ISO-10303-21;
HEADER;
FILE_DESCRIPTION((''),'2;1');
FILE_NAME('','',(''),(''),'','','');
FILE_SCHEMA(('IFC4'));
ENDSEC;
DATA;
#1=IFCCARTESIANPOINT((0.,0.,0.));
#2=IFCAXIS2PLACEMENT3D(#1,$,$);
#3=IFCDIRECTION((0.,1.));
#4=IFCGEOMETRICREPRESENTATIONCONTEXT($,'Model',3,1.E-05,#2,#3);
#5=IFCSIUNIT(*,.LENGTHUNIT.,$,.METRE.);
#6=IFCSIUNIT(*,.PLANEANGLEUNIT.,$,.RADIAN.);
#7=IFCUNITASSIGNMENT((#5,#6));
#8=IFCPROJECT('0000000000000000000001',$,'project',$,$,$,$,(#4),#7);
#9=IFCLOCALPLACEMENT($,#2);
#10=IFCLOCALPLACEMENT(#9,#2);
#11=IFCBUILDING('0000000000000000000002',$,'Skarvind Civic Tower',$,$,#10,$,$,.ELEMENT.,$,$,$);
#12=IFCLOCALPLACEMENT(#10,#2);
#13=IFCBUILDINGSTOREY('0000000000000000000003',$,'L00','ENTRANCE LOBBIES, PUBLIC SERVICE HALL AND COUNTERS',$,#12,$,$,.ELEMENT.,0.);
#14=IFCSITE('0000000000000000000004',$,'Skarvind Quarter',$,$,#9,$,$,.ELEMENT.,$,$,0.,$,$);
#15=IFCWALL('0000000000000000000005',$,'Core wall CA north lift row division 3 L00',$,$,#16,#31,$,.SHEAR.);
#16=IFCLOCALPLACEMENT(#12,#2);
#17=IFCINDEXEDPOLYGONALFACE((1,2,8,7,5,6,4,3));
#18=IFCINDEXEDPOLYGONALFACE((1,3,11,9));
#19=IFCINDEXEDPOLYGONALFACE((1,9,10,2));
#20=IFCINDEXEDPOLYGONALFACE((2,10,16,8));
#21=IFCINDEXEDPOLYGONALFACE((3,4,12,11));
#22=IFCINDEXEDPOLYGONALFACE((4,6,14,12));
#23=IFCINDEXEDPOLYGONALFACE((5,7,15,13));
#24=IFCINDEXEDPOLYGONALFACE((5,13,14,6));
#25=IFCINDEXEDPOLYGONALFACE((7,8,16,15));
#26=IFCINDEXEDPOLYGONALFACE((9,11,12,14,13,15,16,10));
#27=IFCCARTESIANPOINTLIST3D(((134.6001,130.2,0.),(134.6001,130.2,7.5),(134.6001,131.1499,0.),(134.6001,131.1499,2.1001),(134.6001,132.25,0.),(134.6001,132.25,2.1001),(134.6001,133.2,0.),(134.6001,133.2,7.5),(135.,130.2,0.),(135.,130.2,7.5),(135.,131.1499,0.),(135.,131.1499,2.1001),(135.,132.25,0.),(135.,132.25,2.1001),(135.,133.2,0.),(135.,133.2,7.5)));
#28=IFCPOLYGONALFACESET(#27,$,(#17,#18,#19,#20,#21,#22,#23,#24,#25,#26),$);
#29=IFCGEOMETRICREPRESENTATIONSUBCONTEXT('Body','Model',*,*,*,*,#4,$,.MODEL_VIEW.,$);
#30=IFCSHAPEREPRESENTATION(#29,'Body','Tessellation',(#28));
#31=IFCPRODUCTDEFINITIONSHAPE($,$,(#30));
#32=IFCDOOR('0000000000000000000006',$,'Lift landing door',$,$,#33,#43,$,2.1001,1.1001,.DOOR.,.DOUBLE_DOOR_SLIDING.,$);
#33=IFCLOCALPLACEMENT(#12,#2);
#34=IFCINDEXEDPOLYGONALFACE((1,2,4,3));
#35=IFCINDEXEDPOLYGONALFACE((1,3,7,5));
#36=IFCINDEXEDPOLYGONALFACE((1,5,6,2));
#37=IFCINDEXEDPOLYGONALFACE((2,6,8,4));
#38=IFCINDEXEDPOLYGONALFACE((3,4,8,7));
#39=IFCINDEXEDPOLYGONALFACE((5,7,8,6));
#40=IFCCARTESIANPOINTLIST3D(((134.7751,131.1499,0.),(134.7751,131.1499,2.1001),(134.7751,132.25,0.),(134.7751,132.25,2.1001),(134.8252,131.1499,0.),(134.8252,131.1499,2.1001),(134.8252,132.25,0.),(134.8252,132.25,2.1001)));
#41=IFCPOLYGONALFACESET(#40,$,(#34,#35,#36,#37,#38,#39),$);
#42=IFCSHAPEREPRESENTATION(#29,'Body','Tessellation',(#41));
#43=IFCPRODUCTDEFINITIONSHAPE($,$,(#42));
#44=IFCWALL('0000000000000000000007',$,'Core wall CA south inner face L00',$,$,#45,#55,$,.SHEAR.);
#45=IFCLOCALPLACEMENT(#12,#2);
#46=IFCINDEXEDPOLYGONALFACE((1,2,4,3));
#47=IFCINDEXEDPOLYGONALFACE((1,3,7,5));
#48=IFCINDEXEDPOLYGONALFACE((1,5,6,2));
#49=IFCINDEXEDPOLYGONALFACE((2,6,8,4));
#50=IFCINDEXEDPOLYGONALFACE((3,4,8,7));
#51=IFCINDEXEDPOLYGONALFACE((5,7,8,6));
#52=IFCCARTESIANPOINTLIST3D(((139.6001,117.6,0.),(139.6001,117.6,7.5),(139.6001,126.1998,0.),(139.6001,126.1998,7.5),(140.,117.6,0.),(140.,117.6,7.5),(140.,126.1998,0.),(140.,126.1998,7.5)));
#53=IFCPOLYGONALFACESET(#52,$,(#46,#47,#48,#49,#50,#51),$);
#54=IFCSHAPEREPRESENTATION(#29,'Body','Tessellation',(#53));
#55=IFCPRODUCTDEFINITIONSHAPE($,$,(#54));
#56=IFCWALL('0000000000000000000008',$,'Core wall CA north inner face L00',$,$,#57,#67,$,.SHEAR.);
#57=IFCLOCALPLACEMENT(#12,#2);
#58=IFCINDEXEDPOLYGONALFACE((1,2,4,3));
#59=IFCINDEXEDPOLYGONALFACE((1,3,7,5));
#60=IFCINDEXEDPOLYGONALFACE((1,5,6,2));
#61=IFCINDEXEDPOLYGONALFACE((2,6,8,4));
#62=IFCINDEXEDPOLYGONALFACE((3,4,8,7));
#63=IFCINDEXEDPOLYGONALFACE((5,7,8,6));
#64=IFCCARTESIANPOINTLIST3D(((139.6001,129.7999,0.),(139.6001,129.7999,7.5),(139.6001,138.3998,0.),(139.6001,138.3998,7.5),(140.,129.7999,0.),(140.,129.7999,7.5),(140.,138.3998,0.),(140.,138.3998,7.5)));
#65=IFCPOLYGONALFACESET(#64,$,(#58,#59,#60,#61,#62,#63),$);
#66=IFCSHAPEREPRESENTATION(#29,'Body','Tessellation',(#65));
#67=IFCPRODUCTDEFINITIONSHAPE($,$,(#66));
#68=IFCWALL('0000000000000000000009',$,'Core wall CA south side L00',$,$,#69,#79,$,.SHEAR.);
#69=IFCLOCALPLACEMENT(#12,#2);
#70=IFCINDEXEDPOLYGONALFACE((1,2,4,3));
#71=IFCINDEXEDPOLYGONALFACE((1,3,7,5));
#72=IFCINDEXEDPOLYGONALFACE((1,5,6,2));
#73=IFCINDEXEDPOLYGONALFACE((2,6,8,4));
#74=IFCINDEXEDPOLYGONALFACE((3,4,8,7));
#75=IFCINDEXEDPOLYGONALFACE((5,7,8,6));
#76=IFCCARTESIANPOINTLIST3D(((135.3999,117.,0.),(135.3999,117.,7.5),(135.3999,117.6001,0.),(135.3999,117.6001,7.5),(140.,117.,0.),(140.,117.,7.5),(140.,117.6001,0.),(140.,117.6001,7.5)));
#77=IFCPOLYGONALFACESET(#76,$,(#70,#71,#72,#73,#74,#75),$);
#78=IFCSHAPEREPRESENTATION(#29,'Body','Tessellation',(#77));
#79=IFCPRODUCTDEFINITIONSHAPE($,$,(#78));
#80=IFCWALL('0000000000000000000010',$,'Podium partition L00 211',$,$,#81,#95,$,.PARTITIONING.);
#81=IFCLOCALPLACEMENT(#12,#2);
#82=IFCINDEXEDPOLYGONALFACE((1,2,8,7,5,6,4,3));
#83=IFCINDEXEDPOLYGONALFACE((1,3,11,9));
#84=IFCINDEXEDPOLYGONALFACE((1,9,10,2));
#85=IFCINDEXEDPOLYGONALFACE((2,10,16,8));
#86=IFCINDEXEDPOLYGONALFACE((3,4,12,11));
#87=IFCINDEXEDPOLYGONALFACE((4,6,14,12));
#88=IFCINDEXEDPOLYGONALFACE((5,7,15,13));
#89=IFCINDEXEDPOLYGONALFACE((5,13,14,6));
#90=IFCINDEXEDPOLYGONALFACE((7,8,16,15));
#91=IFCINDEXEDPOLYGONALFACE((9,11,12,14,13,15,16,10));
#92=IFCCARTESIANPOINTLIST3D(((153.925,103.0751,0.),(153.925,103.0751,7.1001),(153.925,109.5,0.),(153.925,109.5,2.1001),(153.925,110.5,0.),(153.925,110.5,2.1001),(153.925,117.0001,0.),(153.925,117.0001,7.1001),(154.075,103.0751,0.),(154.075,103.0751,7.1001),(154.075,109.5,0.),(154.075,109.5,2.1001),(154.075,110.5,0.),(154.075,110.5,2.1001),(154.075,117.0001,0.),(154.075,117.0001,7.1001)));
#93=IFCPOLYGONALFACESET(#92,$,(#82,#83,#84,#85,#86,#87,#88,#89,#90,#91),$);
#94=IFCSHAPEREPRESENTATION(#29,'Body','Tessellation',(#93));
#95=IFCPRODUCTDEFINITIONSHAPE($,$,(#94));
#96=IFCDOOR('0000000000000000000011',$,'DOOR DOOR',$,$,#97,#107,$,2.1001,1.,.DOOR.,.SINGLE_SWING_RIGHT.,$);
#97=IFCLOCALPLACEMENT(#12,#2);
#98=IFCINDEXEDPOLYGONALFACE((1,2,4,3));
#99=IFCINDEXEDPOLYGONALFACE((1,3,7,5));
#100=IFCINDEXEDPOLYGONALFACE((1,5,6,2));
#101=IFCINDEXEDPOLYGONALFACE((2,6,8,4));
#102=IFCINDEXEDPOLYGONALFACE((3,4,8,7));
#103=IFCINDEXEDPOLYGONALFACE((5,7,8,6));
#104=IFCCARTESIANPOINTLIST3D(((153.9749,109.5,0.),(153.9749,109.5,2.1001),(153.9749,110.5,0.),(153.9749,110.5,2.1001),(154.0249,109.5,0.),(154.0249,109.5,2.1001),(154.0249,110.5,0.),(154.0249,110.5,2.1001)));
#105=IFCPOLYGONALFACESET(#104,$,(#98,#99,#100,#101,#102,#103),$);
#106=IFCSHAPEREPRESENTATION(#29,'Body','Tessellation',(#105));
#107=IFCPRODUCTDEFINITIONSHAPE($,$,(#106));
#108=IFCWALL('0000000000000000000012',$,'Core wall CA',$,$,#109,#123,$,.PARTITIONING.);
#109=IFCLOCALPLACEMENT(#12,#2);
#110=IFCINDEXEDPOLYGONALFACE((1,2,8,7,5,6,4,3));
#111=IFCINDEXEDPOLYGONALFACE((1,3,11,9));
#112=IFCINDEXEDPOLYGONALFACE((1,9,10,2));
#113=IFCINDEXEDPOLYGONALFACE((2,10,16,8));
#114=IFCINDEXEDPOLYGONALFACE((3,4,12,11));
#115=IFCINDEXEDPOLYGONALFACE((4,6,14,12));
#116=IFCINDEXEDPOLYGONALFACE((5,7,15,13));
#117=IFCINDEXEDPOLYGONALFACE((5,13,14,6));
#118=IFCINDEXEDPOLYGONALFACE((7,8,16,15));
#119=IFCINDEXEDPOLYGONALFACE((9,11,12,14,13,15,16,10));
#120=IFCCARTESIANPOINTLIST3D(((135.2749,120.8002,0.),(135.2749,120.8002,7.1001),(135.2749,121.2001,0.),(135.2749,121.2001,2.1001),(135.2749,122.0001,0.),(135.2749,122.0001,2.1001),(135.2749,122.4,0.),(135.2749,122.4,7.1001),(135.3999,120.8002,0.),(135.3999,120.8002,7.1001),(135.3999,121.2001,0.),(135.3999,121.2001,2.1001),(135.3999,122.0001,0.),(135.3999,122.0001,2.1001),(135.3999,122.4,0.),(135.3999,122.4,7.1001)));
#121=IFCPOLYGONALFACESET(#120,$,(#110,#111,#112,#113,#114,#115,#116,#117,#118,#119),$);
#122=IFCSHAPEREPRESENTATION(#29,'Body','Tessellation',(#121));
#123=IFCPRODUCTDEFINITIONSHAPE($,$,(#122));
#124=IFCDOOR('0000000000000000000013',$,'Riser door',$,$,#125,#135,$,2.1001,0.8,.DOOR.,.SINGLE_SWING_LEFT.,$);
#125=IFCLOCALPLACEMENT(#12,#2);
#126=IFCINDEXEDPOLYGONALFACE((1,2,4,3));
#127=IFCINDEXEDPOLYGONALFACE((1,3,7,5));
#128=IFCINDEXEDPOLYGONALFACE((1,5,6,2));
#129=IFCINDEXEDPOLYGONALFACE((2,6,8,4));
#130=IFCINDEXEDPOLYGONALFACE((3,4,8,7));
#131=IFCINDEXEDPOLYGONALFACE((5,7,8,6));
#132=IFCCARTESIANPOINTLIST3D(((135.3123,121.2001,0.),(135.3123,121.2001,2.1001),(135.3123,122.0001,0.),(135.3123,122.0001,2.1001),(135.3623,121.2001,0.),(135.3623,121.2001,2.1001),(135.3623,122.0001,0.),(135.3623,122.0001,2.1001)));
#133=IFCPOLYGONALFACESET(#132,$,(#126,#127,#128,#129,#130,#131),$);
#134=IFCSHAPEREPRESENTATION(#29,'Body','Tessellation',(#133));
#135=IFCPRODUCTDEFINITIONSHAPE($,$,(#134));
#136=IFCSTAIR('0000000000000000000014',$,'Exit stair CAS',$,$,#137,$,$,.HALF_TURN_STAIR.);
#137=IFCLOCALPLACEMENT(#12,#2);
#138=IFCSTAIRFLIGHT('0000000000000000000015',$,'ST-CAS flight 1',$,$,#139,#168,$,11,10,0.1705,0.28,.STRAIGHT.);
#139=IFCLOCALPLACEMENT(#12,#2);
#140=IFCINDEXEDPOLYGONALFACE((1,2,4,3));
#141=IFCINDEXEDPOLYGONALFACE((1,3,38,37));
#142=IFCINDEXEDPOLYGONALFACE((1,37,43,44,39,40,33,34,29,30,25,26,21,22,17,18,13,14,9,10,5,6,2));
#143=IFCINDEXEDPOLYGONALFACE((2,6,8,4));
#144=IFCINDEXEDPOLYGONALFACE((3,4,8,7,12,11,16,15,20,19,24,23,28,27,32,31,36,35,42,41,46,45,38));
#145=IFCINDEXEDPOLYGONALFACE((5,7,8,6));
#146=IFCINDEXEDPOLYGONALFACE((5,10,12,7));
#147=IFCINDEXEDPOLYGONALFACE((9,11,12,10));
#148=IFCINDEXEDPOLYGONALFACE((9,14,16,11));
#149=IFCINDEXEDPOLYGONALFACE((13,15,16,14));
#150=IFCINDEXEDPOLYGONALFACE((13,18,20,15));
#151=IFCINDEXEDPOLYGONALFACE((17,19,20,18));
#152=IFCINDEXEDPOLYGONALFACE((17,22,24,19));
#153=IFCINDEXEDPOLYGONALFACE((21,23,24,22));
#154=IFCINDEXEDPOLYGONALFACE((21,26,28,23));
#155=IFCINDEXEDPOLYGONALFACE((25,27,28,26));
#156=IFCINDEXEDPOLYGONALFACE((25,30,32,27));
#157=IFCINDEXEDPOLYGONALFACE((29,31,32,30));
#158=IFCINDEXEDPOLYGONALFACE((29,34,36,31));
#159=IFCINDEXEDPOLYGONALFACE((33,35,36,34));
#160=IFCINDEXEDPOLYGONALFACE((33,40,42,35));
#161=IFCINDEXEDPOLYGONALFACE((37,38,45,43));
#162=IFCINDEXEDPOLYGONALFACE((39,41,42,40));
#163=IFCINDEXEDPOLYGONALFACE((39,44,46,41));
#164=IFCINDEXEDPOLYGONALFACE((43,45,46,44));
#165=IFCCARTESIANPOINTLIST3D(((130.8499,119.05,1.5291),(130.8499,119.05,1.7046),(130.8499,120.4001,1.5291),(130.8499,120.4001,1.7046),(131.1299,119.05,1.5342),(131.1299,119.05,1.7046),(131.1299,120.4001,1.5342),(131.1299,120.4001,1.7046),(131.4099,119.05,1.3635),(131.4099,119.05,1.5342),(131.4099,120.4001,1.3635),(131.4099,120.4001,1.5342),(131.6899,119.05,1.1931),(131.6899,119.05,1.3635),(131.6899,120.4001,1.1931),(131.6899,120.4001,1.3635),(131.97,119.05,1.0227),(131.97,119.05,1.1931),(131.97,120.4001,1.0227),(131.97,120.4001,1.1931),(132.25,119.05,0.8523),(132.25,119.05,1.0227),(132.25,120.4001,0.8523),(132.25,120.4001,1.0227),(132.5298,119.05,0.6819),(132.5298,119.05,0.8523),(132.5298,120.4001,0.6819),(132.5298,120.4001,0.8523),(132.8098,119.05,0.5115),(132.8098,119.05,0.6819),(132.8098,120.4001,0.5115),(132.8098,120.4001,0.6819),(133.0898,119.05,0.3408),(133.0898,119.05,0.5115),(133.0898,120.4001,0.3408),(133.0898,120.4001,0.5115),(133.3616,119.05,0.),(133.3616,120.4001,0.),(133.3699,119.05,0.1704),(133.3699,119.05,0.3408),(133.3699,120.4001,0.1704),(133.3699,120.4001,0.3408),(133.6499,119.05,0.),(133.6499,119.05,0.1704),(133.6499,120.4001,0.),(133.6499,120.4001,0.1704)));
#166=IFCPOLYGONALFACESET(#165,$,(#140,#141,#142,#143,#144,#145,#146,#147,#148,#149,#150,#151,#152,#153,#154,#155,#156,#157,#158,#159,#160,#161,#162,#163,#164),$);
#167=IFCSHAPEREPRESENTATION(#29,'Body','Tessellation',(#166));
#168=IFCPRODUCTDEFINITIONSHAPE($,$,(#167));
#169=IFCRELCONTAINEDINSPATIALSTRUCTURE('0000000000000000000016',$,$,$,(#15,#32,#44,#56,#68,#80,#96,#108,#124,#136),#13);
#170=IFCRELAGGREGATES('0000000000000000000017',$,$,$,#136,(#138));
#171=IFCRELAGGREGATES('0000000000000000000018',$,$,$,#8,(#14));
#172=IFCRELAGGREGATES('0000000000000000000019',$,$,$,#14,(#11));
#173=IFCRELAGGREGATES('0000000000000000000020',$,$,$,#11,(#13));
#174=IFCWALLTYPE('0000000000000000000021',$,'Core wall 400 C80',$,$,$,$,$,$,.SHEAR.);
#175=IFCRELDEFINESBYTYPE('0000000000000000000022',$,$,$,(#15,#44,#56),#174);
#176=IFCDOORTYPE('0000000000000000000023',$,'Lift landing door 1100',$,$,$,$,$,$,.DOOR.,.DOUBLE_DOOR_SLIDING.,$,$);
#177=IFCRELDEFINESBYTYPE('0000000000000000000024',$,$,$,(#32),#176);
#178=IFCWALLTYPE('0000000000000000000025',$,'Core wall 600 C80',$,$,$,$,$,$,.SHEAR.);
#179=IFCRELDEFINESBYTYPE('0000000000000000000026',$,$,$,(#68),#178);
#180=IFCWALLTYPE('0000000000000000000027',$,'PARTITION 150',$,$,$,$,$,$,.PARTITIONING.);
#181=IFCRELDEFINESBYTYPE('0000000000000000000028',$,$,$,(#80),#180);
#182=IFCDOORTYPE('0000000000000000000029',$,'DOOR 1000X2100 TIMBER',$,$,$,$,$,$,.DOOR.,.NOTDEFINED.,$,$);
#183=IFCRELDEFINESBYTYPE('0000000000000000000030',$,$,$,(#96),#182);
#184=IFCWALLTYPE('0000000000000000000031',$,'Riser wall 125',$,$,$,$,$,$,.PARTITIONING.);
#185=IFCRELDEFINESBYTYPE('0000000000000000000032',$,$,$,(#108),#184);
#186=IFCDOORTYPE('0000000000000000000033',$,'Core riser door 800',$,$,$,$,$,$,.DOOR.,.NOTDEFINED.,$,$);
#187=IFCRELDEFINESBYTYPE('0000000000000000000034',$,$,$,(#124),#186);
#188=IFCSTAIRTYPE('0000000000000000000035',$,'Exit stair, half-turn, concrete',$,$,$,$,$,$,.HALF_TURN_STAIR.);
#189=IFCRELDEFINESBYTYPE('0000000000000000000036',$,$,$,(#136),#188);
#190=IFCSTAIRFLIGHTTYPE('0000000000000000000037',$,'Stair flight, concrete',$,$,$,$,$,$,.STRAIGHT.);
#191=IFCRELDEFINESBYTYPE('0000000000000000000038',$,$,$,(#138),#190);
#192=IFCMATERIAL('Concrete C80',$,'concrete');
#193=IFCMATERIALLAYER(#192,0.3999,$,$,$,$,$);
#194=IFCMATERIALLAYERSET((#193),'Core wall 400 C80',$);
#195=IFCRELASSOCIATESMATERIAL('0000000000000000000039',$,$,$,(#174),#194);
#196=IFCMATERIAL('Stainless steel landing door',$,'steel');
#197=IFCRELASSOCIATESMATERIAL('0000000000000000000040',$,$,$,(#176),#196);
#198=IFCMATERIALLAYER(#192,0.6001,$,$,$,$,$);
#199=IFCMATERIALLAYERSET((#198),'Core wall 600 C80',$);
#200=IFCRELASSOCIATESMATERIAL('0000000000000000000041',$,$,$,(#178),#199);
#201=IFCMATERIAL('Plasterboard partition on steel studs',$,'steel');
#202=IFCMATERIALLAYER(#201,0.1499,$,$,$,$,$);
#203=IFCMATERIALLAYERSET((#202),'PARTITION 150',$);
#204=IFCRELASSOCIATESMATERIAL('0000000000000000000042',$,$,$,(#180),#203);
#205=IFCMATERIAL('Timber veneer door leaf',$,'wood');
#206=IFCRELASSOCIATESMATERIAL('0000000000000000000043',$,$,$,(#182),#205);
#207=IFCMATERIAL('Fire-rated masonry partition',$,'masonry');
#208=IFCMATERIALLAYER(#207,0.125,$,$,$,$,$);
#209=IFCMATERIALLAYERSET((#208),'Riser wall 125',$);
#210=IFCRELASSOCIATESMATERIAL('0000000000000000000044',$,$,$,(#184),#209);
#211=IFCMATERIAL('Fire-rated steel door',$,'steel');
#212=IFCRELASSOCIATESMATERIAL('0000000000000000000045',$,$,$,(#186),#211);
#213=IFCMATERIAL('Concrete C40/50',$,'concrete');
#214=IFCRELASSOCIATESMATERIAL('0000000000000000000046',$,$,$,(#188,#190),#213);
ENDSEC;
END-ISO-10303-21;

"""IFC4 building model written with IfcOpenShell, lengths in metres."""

from ifc_helpers import new_model, si_unit, direction, frame, frame_2d, origin, place, context, subcontext, project, spatial, polyline, rectangle, outline, extrude, material, layer, layer_set, type_object, element, fill, aggregate, save


model = new_model("IFC4")

# Units and contexts
model_context = context("Model", 3, precision=1e-05, world=origin(), true_north=direction((0.0, 1.0)))
body_context = subcontext(model_context, "Body", "Model", "MODEL_VIEW")
ifc_project = project(units=[si_unit("LENGTHUNIT", "METRE"), si_unit("PLANEANGLEUNIT", "RADIAN")], contexts=[model_context])

# Site, building, storey
site_placement = place(None, origin())
site = spatial("IfcSite", under=ifc_project, at=site_placement, Name="Skarvind Quarter", CompositionType="ELEMENT", RefElevation=0.0)
building_placement = place(site_placement, origin())
building = spatial("IfcBuilding", under=site, at=building_placement, Name="Skarvind Civic Tower", CompositionType="ELEMENT")
storey_placement = place(building_placement, origin())
storey = spatial("IfcBuildingStorey", under=building, at=storey_placement, Name="L00", Description="ENTRANCE LOBBIES, PUBLIC SERVICE HALL AND COUNTERS", CompositionType="ELEMENT", Elevation=0.0)

# Shared definitions
ifc_material_1 = material(Name="Fire-rated masonry partition", Category="masonry")
ifc_material_2 = material(Name="Fire-rated steel door", Category="steel")
ifc_material_3 = material(Name="Concrete C80", Category="concrete")
ifc_layer_1 = layer(ifc_material_3, 0.3999)
ifc_layer_set_1 = layer_set([ifc_layer_1], Name="Core wall 400 C80")
wall_type_1 = type_object("IfcWallType", Name="Core wall 400 C80", PredefinedType="SHEAR", material=ifc_layer_set_1)

# Wall, opening, door
wall_1_placement = place(storey_placement, frame((134.8, 130.2, 0.0), z_axis=(0.0, 0.0, 1.0), x_axis=(0.0, 1.0, 0.0)))
wall_1 = element("IfcWall", 1, at=wall_1_placement, inside=storey, type_object=wall_type_1, Name="Core wall CA north lift row division 3 L00", PredefinedType="SHEAR", context=body_context, shape_type="SweptSolid", body=[
    extrude(rectangle(XDim=3.0, YDim=0.3999, at=frame_2d((1.5, 0.0))), origin(), (0.0, 0.0, 1.0), 7.5),
])
opening_1_placement = place(wall_1_placement, frame((0.95, 0.0, 0.0)))
opening_1 = element("IfcOpeningElement", 2, at=opening_1_placement, cuts=wall_1, PredefinedType="OPENING", context=body_context, shape_type="SweptSolid", body=[
    extrude(rectangle(XDim=1.1001, YDim=2.1001, at=frame_2d((0.55, 1.05))), frame((0.0, 0.21, 0.0), z_axis=(0.0, -1.0, 0.0), x_axis=(1.0, 0.0, 0.0)), (0.0, 0.0, 1.0), 0.4199),
])
ifc_material_4 = material(Name="Stainless steel landing door", Category="steel")
door_type_1 = type_object("IfcDoorType", Name="Lift landing door 1100", OperationType="DOUBLE_DOOR_SLIDING", PredefinedType="DOOR", material=ifc_material_4)
door_1_placement = place(opening_1_placement, origin())
door_1 = element("IfcDoor", 3, at=door_1_placement, inside=storey, type_object=door_type_1, Name="Lift landing door", OperationType="DOUBLE_DOOR_SLIDING", OverallHeight=2.1001, OverallWidth=1.1001, PredefinedType="DOOR", context=body_context, shape_type="SweptSolid", body=[
    extrude(rectangle(XDim=1.1001, YDim=2.1001, at=frame_2d((0.55, 1.05))), frame((0.0, 0.0249, 0.0), z_axis=(0.0, -1.0, 0.0), x_axis=(1.0, 0.0, 0.0)), (0.0, 0.0, 1.0), 0.05),
])
fill(opening_1, door_1)

# Walls
for number, where, z_axis, x_axis, name in (
    (4, (139.8, 117.6001, 0.0), (0.0, 0.0, 1.0), (0.0, 1.0, 0.0), "Core wall CA south inner face L00"),
    (5, (139.8, 129.8, 0.0), (0.0, 0.0, 1.0), (0.0, 1.0, 0.0), "Core wall CA north inner face L00"),
):
    element("IfcWall", number, at=place(storey_placement, frame(where, z_axis=z_axis, x_axis=x_axis)), inside=storey, type_object=wall_type_1, Name=name, PredefinedType="SHEAR", context=body_context, shape_type="SweptSolid", body=[
        extrude(rectangle(XDim=8.5999, YDim=0.3999, at=frame_2d((4.2998, 0.0))), origin(), (0.0, 0.0, 1.0), 7.5),
    ])
ifc_layer_2 = layer(ifc_material_3, 0.6001)
ifc_layer_set_2 = layer_set([ifc_layer_2], Name="Core wall 600 C80")
wall_type_2 = type_object("IfcWallType", Name="Core wall 600 C80", PredefinedType="SHEAR", material=ifc_layer_set_2)
wall_2_placement = place(storey_placement, frame((135.3999, 117.3, 0.0), z_axis=(0.0, 0.0, 1.0), x_axis=(1.0, 0.0, 0.0)))
element("IfcWall", 6, at=wall_2_placement, inside=storey, type_object=wall_type_2, Name="Core wall CA south side L00", PredefinedType="SHEAR", context=body_context, shape_type="SweptSolid", body=[
    extrude(rectangle(XDim=4.6001, YDim=0.6001, at=frame_2d((2.3, 0.0))), origin(), (0.0, 0.0, 1.0), 7.5),
])

# Walls, openings, doors
ifc_material_5 = material(Name="Plasterboard partition on steel studs", Category="steel")
ifc_layer_3 = layer(ifc_material_5, 0.1499)
ifc_layer_set_3 = layer_set([ifc_layer_3], Name="PARTITION 150")
wall_type_3 = type_object("IfcWallType", Name="PARTITION 150", PredefinedType="PARTITIONING", material=ifc_layer_set_3)
wall_3_placement = place(storey_placement, frame((154.0, 117.0, 0.0), z_axis=(0.0, 0.0, 1.0), x_axis=(0.0, -1.0, 0.0)))
wall_3 = element("IfcWall", 7, at=wall_3_placement, inside=storey, type_object=wall_type_3, Name="Podium partition L00 211", PredefinedType="PARTITIONING", context=body_context, shape_type="SweptSolid", body=[
    extrude(rectangle(XDim=13.925, YDim=0.1499, at=frame_2d((6.9624, 0.0))), origin(), (0.0, 0.0, 1.0), 7.1001),
])
opening_2_placement = place(wall_3_placement, frame((6.5, 0.0, 0.0)))
opening_2 = element("IfcOpeningElement", 8, at=opening_2_placement, cuts=wall_3, PredefinedType="OPENING", context=body_context, shape_type="SweptSolid", body=[
    extrude(rectangle(XDim=1.0, YDim=2.1001, at=frame_2d((0.5, 1.05))), frame((0.0, 0.085, 0.0), z_axis=(0.0, -1.0, 0.0), x_axis=(1.0, 0.0, 0.0)), (0.0, 0.0, 1.0), 0.1699),
])
ifc_material_6 = material(Name="Timber veneer door leaf", Category="wood")
door_type_2 = type_object("IfcDoorType", Name="DOOR 1000X2100 TIMBER", OperationType="NOTDEFINED", PredefinedType="DOOR", material=ifc_material_6)
door_2_placement = place(opening_2_placement, origin())
door_2 = element("IfcDoor", 9, at=door_2_placement, inside=storey, type_object=door_type_2, Name="DOOR DOOR", OperationType="SINGLE_SWING_RIGHT", OverallHeight=2.1001, OverallWidth=1.0, PredefinedType="DOOR", context=body_context, shape_type="SweptSolid", body=[
    extrude(rectangle(XDim=1.0, YDim=2.1001, at=frame_2d((0.5, 1.05))), frame((0.0, 0.0249, 0.0), z_axis=(0.0, -1.0, 0.0), x_axis=(1.0, 0.0, 0.0)), (0.0, 0.0, 1.0), 0.05),
])
fill(opening_2, door_2)
ifc_layer_4 = layer(ifc_material_1, 0.125)
ifc_layer_set_4 = layer_set([ifc_layer_4], Name="Riser wall 125")
wall_type_4 = type_object("IfcWallType", Name="Riser wall 125", PredefinedType="PARTITIONING", material=ifc_layer_set_4)
wall_4_placement = place(storey_placement, frame((135.3374, 122.3999, 0.0), z_axis=(0.0, 0.0, 1.0), x_axis=(0.0, -1.0, 0.0)))
wall_4 = element("IfcWall", 10, at=wall_4_placement, inside=storey, type_object=wall_type_4, Name="Core wall CA", PredefinedType="PARTITIONING", context=body_context, shape_type="SweptSolid", body=[
    extrude(rectangle(XDim=1.5999, YDim=0.125, at=frame_2d((0.7998, 0.0))), origin(), (0.0, 0.0, 1.0), 7.1001),
])
opening_3_placement = place(wall_4_placement, frame((0.3999, 0.0, 0.0)))
opening_3 = element("IfcOpeningElement", 11, at=opening_3_placement, cuts=wall_4, PredefinedType="OPENING", context=body_context, shape_type="SweptSolid", body=[
    extrude(rectangle(XDim=0.8, YDim=2.1001, at=frame_2d((0.3999, 1.05))), frame((0.0, 0.0725, 0.0), z_axis=(0.0, -1.0, 0.0), x_axis=(1.0, 0.0, 0.0)), (0.0, 0.0, 1.0), 0.145),
])
door_type_3 = type_object("IfcDoorType", Name="Core riser door 800", OperationType="NOTDEFINED", PredefinedType="DOOR", material=ifc_material_2)
door_3_placement = place(opening_3_placement, origin())
door_3 = element("IfcDoor", 12, at=door_3_placement, inside=storey, type_object=door_type_3, Name="Riser door", OperationType="SINGLE_SWING_LEFT", OverallHeight=2.1001, OverallWidth=0.8, PredefinedType="DOOR", context=body_context, shape_type="SweptSolid", body=[
    extrude(rectangle(XDim=0.8, YDim=2.1001, at=frame_2d((0.3999, 1.05))), frame((0.0, 0.0249, 0.0), z_axis=(0.0, -1.0, 0.0), x_axis=(1.0, 0.0, 0.0)), (0.0, 0.0, 1.0), 0.05),
])
fill(opening_3, door_3)

# Stair, stair flight
ifc_material_7 = material(Name="Concrete C40/50", Category="concrete")
stair_type = type_object("IfcStairType", Name="Exit stair, half-turn, concrete", PredefinedType="HALF_TURN_STAIR", material=ifc_material_7)
stair_placement = place(storey_placement, origin())
stair = element("IfcStair", 13, at=stair_placement, inside=storey, type_object=stair_type, Name="Exit stair CAS", PredefinedType="HALF_TURN_STAIR")
stair_flight_type = type_object("IfcStairFlightType", Name="Stair flight, concrete", PredefinedType="STRAIGHT", material=ifc_material_7)
stair_flight_1_placement = place(storey_placement, frame((133.6499, 119.7251, 0.0), z_axis=(0.0, 0.0, 1.0), x_axis=(-1.0, 0.0, 0.0)))
stair_flight_1 = element("IfcStairFlight", 14, at=stair_flight_1_placement, type_object=stair_flight_type, Name="ST-CAS flight 1", NumberOfRisers=11, NumberOfTreads=10, PredefinedType="STRAIGHT", RiserHeight=0.1705, TreadLength=0.28, context=body_context, shape_type="SweptSolid", body=[
    extrude(outline(polyline([(0.0, 0.0), (0.0, 0.1704), (0.28, 0.1704), (0.28, 0.3408), (0.5601, 0.3408), (0.5601, 0.5115), (0.8401, 0.5115), (0.8401, 0.6819), (1.1201, 0.6819), (1.1201, 0.8523), (1.3999, 0.8523), (1.3999, 1.0227), (1.6799, 1.0227), (1.6799, 1.1931), (1.96, 1.1931), (1.96, 1.3635), (2.24, 1.3635), (2.24, 1.5342), (2.52, 1.5342), (2.52, 1.7046), (2.8, 1.7046), (2.8, 1.875), (2.8, 1.5291), (0.2883, 0.0), (0.0, 0.0)])), frame((0.0, 0.675, 0.0), z_axis=(0.0, -1.0, 0.0), x_axis=(1.0, 0.0, 0.0)), (0.0, 0.0, 1.0), 1.3501),
])
aggregate(stair, [stair_flight_1])

save(model, "model.ifc")
